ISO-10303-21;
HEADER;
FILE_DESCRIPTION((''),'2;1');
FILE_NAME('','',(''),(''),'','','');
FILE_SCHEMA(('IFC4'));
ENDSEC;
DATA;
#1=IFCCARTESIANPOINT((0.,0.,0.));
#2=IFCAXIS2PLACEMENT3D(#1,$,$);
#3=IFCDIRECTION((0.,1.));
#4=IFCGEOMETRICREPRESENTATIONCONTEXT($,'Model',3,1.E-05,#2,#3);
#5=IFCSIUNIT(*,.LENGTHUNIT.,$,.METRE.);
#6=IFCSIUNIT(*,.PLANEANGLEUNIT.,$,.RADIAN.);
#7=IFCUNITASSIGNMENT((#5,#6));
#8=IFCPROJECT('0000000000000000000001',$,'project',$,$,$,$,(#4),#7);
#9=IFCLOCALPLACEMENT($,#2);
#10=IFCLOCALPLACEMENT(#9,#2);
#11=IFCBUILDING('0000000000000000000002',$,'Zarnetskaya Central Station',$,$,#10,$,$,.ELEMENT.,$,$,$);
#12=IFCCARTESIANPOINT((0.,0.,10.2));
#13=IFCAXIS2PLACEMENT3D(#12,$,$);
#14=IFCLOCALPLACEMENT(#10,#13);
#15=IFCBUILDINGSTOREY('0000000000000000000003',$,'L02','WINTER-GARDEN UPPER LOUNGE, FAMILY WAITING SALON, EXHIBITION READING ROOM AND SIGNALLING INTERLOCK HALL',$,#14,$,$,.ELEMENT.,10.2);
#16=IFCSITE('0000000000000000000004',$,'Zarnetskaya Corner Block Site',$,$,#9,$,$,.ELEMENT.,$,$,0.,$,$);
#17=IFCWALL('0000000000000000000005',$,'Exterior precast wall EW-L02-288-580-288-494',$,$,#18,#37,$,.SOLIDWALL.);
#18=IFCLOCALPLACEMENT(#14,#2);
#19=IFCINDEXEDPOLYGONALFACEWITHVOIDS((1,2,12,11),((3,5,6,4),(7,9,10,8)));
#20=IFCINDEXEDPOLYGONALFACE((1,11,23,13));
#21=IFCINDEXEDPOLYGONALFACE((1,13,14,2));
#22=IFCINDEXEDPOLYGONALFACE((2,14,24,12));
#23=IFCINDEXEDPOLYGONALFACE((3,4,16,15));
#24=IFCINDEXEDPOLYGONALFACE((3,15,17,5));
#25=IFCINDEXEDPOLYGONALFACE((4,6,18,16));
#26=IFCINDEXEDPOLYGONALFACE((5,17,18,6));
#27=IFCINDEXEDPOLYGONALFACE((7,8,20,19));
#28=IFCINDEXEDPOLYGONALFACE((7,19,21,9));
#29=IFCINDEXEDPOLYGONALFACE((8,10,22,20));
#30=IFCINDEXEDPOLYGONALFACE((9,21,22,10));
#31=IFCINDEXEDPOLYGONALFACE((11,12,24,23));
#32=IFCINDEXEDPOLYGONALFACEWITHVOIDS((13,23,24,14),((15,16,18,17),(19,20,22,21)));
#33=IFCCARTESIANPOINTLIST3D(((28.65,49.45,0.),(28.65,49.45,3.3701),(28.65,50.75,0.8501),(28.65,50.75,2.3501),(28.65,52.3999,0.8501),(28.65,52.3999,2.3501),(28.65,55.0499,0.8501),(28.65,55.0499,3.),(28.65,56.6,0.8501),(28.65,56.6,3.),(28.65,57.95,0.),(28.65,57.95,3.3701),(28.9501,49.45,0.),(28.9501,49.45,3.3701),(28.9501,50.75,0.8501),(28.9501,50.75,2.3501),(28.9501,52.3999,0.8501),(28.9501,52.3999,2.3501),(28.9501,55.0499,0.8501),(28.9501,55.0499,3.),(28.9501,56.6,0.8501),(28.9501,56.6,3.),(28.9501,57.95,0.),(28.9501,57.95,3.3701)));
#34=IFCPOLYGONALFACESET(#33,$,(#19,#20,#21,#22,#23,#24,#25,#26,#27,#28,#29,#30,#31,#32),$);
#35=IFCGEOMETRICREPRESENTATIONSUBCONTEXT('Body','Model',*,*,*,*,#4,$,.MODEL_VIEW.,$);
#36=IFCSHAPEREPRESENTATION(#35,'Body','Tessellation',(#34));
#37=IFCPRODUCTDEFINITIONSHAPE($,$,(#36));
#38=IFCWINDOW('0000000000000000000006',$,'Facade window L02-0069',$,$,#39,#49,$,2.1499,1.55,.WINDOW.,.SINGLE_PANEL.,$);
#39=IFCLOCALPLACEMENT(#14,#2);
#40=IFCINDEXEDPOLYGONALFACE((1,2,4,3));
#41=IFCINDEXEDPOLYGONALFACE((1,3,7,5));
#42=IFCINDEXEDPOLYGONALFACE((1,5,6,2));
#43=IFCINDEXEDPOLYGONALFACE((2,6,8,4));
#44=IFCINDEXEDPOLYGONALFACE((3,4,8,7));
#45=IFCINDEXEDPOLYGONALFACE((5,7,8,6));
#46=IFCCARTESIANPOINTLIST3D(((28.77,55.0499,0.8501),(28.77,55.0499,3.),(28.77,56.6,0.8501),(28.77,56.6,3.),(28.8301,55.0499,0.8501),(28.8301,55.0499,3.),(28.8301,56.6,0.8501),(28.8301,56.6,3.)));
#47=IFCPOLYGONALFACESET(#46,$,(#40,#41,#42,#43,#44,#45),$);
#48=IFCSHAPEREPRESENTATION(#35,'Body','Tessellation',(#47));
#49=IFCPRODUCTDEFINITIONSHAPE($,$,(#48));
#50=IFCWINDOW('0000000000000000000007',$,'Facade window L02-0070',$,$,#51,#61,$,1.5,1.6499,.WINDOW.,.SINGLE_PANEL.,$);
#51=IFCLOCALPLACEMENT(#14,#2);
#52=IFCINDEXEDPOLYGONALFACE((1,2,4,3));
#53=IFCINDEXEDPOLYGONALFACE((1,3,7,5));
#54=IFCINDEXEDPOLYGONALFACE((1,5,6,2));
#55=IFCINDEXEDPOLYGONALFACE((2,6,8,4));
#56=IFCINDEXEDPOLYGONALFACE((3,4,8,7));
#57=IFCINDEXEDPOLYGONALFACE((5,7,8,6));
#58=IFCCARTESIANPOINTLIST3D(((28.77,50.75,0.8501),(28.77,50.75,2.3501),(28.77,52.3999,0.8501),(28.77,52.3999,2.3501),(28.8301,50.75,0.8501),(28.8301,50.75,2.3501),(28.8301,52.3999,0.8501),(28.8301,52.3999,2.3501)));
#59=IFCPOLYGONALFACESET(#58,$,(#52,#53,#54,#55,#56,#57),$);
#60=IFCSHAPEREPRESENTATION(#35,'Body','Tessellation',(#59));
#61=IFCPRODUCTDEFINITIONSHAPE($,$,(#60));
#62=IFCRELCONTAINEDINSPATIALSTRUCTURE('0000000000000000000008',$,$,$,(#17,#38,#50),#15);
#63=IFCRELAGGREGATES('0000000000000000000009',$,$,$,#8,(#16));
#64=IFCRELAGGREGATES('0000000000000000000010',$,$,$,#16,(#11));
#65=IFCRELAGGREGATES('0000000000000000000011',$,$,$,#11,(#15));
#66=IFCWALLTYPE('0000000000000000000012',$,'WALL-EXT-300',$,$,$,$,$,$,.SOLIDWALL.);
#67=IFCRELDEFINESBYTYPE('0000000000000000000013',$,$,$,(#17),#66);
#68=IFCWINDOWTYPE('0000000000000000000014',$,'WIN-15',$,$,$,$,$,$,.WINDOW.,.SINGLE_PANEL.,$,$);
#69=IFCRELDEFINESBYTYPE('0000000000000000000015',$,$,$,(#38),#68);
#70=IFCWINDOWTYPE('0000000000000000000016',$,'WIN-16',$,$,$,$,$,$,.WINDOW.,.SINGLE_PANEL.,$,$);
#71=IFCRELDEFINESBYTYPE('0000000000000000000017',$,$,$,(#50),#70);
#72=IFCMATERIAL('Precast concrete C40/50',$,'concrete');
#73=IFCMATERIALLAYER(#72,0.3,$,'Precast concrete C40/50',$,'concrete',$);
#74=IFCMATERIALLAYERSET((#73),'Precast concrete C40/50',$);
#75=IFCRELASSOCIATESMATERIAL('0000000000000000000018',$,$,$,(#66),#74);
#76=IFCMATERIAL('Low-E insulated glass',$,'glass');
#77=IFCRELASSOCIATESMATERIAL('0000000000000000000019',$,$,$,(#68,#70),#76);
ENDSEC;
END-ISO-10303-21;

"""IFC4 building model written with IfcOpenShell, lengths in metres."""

from ifc_helpers import new_model, si_unit, direction, frame, frame_2d, origin, place, context, subcontext, project, spatial, rectangle, extrude, material, layer, layer_set, type_object, element, fill, save


model = new_model("IFC4")

# Units and contexts
model_context = context("Model", 3, precision=1e-05, world=origin(), true_north=direction((0.0, 1.0)))
body_context = subcontext(model_context, "Body", "Model", "MODEL_VIEW")
ifc_project = project(units=[si_unit("LENGTHUNIT", "METRE"), si_unit("PLANEANGLEUNIT", "RADIAN")], contexts=[model_context])

# Site, building, storey
site_placement = place(None, origin())
site = spatial("IfcSite", under=ifc_project, at=site_placement, Name="Zarnetskaya Corner Block Site", CompositionType="ELEMENT", RefElevation=0.0)
building_placement = place(site_placement, origin())
building = spatial("IfcBuilding", under=site, at=building_placement, Name="Zarnetskaya Central Station", CompositionType="ELEMENT")
storey_placement = place(building_placement, frame((0.0, 0.0, 10.2)))
storey = spatial("IfcBuildingStorey", under=building, at=storey_placement, Name="L02", Description="WINTER-GARDEN UPPER LOUNGE, FAMILY WAITING SALON, EXHIBITION READING ROOM AND SIGNALLING INTERLOCK HALL", CompositionType="ELEMENT", Elevation=10.2)

# Shared definitions
ifc_material_1 = material(Name="Low-E insulated glass", Category="glass")

# Wall, openings, windows
ifc_material_2 = material(Name="Precast concrete C40/50", Category="concrete")
ifc_layer_1 = layer(ifc_material_2, 0.3, Name="Precast concrete C40/50", Category="concrete")
ifc_layer_set_1 = layer_set([ifc_layer_1], Name="Precast concrete C40/50")
wall_type_1 = type_object("IfcWallType", Name="WALL-EXT-300", PredefinedType="SOLIDWALL", material=ifc_layer_set_1)
wall_1_placement = place(storey_placement, frame((28.8, 57.95, 0.0), z_axis=(0.0, 0.0, 1.0), x_axis=(0.0, -1.0, 0.0)))
wall_1 = element("IfcWall", 1, at=wall_1_placement, inside=storey, type_object=wall_type_1, Name="Exterior precast wall EW-L02-288-580-288-494", PredefinedType="SOLIDWALL", context=body_context, shape_type="SweptSolid", body=[
    extrude(rectangle(XDim=8.5, YDim=0.3, at=frame_2d((4.25, 0.0))), origin(), (0.0, 0.0, 1.0), 3.3701),
])
opening_1_placement = place(wall_1_placement, frame((1.3501, 0.0, 0.8501)))
opening_1 = element("IfcOpeningElement", 2, at=opening_1_placement, cuts=wall_1, PredefinedType="OPENING", context=body_context, shape_type="SweptSolid", body=[
    extrude(rectangle(XDim=1.55, YDim=2.1499, at=frame_2d((0.7749, 1.075))), frame((0.0, 0.1602, 0.0), z_axis=(0.0, -1.0, 0.0), x_axis=(1.0, 0.0, 0.0)), (0.0, 0.0, 1.0), 0.3201),
])
opening_2_placement = place(wall_1_placement, frame((5.55, 0.0, 0.8501)))
opening_2 = element("IfcOpeningElement", 3, at=opening_2_placement, cuts=wall_1, PredefinedType="OPENING", context=body_context, shape_type="SweptSolid", body=[
    extrude(rectangle(XDim=1.6499, YDim=1.5, at=frame_2d((0.825, 0.75))), frame((0.0, 0.1602, 0.0), z_axis=(0.0, -1.0, 0.0), x_axis=(1.0, 0.0, 0.0)), (0.0, 0.0, 1.0), 0.3201),
])
window_type_1 = type_object("IfcWindowType", Name="WIN-15", PartitioningType="SINGLE_PANEL", PredefinedType="WINDOW", material=ifc_material_1)
window_1_placement = place(opening_1_placement, origin())
window_1 = element("IfcWindow", 4, at=window_1_placement, inside=storey, type_object=window_type_1, Name="Facade window L02-0069", OverallHeight=2.1499, OverallWidth=1.55, PartitioningType="SINGLE_PANEL", PredefinedType="WINDOW", context=body_context, shape_type="SweptSolid", body=[
    extrude(rectangle(XDim=1.55, YDim=2.1499, at=frame_2d((0.7749, 1.075))), frame((0.0, 0.03, 0.0), z_axis=(0.0, -1.0, 0.0), x_axis=(1.0, 0.0, 0.0)), (0.0, 0.0, 1.0), 0.0601),
])
fill(opening_1, window_1)
window_type_2 = type_object("IfcWindowType", Name="WIN-16", PartitioningType="SINGLE_PANEL", PredefinedType="WINDOW", material=ifc_material_1)
window_2_placement = place(opening_2_placement, origin())
window_2 = element("IfcWindow", 5, at=window_2_placement, inside=storey, type_object=window_type_2, Name="Facade window L02-0070", OverallHeight=1.5, OverallWidth=1.6499, PartitioningType="SINGLE_PANEL", PredefinedType="WINDOW", context=body_context, shape_type="SweptSolid", body=[
    extrude(rectangle(XDim=1.6499, YDim=1.5, at=frame_2d((0.825, 0.75))), frame((0.0, 0.03, 0.0), z_axis=(0.0, -1.0, 0.0), x_axis=(1.0, 0.0, 0.0)), (0.0, 0.0, 1.0), 0.0601),
])
fill(opening_2, window_2)

save(model, "model.ifc")
